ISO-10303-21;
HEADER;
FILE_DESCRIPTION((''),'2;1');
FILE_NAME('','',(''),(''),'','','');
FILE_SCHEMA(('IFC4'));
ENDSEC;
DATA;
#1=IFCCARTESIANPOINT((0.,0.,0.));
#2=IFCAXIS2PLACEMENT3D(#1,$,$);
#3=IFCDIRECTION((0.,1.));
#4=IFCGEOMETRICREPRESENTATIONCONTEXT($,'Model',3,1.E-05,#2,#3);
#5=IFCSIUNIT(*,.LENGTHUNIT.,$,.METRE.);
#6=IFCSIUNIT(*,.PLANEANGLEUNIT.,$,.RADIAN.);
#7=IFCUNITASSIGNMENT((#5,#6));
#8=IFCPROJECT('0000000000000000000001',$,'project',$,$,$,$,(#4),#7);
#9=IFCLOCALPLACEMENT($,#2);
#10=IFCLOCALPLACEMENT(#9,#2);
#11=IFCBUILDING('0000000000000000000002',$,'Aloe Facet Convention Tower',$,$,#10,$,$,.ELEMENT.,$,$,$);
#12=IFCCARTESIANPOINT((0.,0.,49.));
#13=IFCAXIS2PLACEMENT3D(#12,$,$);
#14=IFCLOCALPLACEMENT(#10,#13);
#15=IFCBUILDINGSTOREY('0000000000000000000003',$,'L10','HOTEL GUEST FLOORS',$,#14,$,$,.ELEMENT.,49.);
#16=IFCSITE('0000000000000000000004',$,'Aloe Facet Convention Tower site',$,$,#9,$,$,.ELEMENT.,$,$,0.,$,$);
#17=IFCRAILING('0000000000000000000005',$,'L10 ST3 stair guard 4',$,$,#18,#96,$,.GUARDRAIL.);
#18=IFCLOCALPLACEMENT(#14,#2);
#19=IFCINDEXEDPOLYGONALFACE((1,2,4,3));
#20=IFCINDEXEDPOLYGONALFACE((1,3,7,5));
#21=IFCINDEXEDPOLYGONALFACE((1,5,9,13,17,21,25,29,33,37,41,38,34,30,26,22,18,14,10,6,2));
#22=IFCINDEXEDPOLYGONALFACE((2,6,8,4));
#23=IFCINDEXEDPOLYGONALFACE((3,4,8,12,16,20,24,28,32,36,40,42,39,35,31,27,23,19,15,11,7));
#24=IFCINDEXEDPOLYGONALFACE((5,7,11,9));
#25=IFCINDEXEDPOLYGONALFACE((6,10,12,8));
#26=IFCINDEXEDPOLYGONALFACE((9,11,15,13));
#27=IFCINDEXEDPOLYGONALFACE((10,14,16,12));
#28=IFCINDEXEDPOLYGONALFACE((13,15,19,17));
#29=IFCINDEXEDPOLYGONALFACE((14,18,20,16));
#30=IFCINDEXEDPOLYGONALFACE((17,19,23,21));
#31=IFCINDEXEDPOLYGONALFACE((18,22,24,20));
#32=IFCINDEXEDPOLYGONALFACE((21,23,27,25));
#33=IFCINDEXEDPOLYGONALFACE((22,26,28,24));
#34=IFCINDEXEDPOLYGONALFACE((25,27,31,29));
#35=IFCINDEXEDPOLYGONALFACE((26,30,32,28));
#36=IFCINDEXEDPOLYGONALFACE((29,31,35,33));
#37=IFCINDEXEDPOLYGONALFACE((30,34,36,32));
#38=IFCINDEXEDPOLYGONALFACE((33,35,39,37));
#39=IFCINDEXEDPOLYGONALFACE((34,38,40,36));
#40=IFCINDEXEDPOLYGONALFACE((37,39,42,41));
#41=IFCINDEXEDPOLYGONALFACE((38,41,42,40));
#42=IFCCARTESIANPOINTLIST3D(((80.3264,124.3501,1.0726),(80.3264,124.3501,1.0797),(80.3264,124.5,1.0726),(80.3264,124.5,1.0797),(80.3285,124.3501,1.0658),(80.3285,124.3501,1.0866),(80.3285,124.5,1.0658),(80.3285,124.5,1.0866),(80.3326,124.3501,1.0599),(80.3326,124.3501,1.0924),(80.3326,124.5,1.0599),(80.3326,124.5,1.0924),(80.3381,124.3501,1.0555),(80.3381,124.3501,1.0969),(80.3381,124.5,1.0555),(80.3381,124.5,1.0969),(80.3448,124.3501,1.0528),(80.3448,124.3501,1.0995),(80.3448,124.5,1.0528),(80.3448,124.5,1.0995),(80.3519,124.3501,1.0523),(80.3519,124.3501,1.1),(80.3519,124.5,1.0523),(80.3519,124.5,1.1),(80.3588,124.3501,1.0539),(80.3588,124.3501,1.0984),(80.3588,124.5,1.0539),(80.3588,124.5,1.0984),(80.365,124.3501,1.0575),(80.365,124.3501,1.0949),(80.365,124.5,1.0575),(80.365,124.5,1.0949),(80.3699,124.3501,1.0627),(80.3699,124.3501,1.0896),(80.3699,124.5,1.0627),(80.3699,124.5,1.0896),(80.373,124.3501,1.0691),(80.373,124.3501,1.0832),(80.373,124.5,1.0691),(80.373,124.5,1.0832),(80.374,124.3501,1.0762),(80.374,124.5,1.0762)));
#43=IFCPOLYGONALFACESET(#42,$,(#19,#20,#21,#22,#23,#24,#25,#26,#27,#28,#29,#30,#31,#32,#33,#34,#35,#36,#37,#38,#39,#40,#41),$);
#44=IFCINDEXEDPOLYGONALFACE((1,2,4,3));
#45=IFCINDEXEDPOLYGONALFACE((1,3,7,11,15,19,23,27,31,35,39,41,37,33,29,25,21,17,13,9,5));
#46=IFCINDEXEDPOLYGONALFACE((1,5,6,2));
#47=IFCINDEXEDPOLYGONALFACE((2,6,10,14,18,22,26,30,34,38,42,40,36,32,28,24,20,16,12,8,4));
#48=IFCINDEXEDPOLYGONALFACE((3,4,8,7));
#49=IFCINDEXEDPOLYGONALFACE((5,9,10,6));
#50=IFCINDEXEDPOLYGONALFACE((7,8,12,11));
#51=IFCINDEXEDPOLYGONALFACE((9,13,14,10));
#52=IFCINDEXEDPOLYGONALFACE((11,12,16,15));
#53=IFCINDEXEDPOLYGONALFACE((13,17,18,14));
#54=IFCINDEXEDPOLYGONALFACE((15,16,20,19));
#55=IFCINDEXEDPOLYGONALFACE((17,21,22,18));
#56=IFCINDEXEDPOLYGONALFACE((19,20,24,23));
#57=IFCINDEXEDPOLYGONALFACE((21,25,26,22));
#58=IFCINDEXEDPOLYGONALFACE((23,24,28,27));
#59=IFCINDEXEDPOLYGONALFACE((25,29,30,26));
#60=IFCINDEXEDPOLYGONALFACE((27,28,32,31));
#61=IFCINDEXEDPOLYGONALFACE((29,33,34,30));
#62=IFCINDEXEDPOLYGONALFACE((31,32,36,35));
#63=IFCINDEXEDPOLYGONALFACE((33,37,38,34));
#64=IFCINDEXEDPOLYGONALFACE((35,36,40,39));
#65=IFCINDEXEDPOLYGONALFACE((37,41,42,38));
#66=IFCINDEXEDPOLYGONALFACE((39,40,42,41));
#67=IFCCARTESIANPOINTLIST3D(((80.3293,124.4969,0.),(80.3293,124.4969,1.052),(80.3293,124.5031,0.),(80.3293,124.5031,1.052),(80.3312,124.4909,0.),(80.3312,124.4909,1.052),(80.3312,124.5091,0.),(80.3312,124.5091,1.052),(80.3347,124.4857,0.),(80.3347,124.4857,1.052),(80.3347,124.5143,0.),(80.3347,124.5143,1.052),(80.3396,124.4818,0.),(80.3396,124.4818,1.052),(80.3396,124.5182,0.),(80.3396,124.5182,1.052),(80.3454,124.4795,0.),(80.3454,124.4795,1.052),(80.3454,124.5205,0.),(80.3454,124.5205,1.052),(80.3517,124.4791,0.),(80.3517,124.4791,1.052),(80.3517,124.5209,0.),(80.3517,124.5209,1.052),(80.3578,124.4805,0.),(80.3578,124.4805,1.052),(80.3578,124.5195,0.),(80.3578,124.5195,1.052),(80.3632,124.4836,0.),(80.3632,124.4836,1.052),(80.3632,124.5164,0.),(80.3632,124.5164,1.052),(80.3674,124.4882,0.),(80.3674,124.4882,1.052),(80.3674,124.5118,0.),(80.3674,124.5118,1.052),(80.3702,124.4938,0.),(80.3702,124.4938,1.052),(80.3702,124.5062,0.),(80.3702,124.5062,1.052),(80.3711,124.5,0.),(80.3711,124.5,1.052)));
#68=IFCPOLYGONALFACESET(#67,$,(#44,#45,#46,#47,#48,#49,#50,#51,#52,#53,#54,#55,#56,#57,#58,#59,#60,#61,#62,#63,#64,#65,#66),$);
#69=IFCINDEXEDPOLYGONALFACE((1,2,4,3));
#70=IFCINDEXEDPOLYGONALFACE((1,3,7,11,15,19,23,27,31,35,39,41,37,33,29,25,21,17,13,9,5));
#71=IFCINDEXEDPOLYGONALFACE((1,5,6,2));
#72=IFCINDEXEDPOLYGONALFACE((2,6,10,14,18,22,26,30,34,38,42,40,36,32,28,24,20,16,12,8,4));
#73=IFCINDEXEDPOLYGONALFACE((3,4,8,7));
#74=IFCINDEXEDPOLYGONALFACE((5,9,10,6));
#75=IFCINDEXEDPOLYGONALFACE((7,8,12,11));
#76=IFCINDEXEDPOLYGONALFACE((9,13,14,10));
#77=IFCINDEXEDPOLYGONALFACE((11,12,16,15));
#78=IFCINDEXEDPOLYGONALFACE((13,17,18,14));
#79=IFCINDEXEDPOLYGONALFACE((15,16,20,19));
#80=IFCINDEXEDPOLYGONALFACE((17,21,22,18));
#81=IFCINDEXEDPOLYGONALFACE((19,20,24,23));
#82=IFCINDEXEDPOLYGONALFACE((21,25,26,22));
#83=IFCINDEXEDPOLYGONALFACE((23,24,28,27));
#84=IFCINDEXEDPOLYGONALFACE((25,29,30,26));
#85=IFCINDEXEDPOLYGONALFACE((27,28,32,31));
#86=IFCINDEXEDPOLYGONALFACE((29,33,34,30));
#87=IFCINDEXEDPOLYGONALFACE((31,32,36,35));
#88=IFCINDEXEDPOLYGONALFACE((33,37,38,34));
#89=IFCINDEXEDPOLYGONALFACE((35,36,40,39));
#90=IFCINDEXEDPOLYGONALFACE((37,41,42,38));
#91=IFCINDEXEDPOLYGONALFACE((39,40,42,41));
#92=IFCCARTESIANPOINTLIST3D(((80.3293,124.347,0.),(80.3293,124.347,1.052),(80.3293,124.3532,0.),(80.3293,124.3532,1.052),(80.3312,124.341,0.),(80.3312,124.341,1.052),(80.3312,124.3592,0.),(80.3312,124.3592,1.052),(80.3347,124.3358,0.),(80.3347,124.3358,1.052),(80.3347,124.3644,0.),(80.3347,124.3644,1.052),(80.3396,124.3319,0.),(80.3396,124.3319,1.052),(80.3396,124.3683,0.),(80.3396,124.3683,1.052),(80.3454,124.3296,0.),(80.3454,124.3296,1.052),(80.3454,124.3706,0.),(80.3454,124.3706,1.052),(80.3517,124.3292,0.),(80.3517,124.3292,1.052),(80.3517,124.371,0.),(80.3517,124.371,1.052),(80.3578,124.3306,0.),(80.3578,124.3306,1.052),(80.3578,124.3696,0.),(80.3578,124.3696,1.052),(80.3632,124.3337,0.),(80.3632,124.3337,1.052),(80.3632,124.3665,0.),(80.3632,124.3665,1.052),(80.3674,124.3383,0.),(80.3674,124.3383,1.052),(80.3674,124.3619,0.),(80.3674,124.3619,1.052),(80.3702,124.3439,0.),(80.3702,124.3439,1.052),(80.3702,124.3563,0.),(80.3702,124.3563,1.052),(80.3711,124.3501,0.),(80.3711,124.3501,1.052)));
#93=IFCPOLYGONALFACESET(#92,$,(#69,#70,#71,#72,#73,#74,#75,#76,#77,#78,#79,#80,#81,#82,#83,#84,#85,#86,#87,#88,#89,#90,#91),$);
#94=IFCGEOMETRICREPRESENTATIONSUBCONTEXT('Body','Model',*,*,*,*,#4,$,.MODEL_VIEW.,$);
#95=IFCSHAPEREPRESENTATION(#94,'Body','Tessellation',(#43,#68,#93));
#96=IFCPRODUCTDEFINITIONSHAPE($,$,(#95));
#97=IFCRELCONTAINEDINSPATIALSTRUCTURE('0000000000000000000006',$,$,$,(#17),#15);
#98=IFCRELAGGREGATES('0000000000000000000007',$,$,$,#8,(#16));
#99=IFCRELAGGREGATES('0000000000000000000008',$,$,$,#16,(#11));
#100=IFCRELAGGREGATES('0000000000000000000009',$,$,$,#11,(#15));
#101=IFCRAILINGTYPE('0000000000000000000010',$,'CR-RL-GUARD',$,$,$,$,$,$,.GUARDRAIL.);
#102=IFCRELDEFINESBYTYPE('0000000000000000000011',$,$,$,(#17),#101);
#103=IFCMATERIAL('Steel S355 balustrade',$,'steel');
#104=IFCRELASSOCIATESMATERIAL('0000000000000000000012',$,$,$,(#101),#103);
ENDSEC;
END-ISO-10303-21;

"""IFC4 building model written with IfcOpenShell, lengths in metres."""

from ifc_helpers import new_model, si_unit, direction, frame, origin, origin_2d, place, context, subcontext, project, spatial, circle, extrude, material, type_object, element, save


model = new_model("IFC4")

# Units and contexts
model_context = context("Model", 3, precision=1e-05, world=origin(), true_north=direction((0.0, 1.0)))
body_context = subcontext(model_context, "Body", "Model", "MODEL_VIEW")
ifc_project = project(units=[si_unit("LENGTHUNIT", "METRE"), si_unit("PLANEANGLEUNIT", "RADIAN")], contexts=[model_context])

# Site, building, storey
site_placement = place(None, origin())
site = spatial("IfcSite", under=ifc_project, at=site_placement, Name="Aloe Facet Convention Tower site", CompositionType="ELEMENT", RefElevation=0.0)
building_placement = place(site_placement, origin())
building = spatial("IfcBuilding", under=site, at=building_placement, Name="Aloe Facet Convention Tower", CompositionType="ELEMENT")
storey_placement = place(building_placement, frame((0.0, 0.0, 49.0)))
storey = spatial("IfcBuildingStorey", under=building, at=storey_placement, Name="L10", Description="HOTEL GUEST FLOORS", CompositionType="ELEMENT", Elevation=49.0)

# Railing
ifc_material_1 = material(Name="Steel S355 balustrade", Category="steel")
railing_type_1 = type_object("IfcRailingType", Name="CR-RL-GUARD", PredefinedType="GUARDRAIL", material=ifc_material_1)
railing_1_placement = place(storey_placement, frame((80.3501, 124.5, 0.0)))
element("IfcRailing", 1, at=railing_1_placement, inside=storey, type_object=railing_type_1, Name="L10 ST3 stair guard 4", PredefinedType="GUARDRAIL", context=body_context, shape_type="SweptSolid", body=[
    extrude(circle(Radius=0.0239, at=origin_2d()), frame((0.0, 0.0, 1.0762), z_axis=(0.0, -1.0, 0.0), x_axis=(1.0, 0.0, 0.0)), (0.0, 0.0, 1.0), 0.1499),
    extrude(circle(Radius=0.021, at=origin_2d()), origin(), (0.0, 0.0, 1.0), 1.052),
    extrude(circle(Radius=0.021, at=origin_2d()), frame((0.0, -0.1499, 0.0)), (0.0, 0.0, 1.0), 1.052),
])

save(model, "model.ifc")
